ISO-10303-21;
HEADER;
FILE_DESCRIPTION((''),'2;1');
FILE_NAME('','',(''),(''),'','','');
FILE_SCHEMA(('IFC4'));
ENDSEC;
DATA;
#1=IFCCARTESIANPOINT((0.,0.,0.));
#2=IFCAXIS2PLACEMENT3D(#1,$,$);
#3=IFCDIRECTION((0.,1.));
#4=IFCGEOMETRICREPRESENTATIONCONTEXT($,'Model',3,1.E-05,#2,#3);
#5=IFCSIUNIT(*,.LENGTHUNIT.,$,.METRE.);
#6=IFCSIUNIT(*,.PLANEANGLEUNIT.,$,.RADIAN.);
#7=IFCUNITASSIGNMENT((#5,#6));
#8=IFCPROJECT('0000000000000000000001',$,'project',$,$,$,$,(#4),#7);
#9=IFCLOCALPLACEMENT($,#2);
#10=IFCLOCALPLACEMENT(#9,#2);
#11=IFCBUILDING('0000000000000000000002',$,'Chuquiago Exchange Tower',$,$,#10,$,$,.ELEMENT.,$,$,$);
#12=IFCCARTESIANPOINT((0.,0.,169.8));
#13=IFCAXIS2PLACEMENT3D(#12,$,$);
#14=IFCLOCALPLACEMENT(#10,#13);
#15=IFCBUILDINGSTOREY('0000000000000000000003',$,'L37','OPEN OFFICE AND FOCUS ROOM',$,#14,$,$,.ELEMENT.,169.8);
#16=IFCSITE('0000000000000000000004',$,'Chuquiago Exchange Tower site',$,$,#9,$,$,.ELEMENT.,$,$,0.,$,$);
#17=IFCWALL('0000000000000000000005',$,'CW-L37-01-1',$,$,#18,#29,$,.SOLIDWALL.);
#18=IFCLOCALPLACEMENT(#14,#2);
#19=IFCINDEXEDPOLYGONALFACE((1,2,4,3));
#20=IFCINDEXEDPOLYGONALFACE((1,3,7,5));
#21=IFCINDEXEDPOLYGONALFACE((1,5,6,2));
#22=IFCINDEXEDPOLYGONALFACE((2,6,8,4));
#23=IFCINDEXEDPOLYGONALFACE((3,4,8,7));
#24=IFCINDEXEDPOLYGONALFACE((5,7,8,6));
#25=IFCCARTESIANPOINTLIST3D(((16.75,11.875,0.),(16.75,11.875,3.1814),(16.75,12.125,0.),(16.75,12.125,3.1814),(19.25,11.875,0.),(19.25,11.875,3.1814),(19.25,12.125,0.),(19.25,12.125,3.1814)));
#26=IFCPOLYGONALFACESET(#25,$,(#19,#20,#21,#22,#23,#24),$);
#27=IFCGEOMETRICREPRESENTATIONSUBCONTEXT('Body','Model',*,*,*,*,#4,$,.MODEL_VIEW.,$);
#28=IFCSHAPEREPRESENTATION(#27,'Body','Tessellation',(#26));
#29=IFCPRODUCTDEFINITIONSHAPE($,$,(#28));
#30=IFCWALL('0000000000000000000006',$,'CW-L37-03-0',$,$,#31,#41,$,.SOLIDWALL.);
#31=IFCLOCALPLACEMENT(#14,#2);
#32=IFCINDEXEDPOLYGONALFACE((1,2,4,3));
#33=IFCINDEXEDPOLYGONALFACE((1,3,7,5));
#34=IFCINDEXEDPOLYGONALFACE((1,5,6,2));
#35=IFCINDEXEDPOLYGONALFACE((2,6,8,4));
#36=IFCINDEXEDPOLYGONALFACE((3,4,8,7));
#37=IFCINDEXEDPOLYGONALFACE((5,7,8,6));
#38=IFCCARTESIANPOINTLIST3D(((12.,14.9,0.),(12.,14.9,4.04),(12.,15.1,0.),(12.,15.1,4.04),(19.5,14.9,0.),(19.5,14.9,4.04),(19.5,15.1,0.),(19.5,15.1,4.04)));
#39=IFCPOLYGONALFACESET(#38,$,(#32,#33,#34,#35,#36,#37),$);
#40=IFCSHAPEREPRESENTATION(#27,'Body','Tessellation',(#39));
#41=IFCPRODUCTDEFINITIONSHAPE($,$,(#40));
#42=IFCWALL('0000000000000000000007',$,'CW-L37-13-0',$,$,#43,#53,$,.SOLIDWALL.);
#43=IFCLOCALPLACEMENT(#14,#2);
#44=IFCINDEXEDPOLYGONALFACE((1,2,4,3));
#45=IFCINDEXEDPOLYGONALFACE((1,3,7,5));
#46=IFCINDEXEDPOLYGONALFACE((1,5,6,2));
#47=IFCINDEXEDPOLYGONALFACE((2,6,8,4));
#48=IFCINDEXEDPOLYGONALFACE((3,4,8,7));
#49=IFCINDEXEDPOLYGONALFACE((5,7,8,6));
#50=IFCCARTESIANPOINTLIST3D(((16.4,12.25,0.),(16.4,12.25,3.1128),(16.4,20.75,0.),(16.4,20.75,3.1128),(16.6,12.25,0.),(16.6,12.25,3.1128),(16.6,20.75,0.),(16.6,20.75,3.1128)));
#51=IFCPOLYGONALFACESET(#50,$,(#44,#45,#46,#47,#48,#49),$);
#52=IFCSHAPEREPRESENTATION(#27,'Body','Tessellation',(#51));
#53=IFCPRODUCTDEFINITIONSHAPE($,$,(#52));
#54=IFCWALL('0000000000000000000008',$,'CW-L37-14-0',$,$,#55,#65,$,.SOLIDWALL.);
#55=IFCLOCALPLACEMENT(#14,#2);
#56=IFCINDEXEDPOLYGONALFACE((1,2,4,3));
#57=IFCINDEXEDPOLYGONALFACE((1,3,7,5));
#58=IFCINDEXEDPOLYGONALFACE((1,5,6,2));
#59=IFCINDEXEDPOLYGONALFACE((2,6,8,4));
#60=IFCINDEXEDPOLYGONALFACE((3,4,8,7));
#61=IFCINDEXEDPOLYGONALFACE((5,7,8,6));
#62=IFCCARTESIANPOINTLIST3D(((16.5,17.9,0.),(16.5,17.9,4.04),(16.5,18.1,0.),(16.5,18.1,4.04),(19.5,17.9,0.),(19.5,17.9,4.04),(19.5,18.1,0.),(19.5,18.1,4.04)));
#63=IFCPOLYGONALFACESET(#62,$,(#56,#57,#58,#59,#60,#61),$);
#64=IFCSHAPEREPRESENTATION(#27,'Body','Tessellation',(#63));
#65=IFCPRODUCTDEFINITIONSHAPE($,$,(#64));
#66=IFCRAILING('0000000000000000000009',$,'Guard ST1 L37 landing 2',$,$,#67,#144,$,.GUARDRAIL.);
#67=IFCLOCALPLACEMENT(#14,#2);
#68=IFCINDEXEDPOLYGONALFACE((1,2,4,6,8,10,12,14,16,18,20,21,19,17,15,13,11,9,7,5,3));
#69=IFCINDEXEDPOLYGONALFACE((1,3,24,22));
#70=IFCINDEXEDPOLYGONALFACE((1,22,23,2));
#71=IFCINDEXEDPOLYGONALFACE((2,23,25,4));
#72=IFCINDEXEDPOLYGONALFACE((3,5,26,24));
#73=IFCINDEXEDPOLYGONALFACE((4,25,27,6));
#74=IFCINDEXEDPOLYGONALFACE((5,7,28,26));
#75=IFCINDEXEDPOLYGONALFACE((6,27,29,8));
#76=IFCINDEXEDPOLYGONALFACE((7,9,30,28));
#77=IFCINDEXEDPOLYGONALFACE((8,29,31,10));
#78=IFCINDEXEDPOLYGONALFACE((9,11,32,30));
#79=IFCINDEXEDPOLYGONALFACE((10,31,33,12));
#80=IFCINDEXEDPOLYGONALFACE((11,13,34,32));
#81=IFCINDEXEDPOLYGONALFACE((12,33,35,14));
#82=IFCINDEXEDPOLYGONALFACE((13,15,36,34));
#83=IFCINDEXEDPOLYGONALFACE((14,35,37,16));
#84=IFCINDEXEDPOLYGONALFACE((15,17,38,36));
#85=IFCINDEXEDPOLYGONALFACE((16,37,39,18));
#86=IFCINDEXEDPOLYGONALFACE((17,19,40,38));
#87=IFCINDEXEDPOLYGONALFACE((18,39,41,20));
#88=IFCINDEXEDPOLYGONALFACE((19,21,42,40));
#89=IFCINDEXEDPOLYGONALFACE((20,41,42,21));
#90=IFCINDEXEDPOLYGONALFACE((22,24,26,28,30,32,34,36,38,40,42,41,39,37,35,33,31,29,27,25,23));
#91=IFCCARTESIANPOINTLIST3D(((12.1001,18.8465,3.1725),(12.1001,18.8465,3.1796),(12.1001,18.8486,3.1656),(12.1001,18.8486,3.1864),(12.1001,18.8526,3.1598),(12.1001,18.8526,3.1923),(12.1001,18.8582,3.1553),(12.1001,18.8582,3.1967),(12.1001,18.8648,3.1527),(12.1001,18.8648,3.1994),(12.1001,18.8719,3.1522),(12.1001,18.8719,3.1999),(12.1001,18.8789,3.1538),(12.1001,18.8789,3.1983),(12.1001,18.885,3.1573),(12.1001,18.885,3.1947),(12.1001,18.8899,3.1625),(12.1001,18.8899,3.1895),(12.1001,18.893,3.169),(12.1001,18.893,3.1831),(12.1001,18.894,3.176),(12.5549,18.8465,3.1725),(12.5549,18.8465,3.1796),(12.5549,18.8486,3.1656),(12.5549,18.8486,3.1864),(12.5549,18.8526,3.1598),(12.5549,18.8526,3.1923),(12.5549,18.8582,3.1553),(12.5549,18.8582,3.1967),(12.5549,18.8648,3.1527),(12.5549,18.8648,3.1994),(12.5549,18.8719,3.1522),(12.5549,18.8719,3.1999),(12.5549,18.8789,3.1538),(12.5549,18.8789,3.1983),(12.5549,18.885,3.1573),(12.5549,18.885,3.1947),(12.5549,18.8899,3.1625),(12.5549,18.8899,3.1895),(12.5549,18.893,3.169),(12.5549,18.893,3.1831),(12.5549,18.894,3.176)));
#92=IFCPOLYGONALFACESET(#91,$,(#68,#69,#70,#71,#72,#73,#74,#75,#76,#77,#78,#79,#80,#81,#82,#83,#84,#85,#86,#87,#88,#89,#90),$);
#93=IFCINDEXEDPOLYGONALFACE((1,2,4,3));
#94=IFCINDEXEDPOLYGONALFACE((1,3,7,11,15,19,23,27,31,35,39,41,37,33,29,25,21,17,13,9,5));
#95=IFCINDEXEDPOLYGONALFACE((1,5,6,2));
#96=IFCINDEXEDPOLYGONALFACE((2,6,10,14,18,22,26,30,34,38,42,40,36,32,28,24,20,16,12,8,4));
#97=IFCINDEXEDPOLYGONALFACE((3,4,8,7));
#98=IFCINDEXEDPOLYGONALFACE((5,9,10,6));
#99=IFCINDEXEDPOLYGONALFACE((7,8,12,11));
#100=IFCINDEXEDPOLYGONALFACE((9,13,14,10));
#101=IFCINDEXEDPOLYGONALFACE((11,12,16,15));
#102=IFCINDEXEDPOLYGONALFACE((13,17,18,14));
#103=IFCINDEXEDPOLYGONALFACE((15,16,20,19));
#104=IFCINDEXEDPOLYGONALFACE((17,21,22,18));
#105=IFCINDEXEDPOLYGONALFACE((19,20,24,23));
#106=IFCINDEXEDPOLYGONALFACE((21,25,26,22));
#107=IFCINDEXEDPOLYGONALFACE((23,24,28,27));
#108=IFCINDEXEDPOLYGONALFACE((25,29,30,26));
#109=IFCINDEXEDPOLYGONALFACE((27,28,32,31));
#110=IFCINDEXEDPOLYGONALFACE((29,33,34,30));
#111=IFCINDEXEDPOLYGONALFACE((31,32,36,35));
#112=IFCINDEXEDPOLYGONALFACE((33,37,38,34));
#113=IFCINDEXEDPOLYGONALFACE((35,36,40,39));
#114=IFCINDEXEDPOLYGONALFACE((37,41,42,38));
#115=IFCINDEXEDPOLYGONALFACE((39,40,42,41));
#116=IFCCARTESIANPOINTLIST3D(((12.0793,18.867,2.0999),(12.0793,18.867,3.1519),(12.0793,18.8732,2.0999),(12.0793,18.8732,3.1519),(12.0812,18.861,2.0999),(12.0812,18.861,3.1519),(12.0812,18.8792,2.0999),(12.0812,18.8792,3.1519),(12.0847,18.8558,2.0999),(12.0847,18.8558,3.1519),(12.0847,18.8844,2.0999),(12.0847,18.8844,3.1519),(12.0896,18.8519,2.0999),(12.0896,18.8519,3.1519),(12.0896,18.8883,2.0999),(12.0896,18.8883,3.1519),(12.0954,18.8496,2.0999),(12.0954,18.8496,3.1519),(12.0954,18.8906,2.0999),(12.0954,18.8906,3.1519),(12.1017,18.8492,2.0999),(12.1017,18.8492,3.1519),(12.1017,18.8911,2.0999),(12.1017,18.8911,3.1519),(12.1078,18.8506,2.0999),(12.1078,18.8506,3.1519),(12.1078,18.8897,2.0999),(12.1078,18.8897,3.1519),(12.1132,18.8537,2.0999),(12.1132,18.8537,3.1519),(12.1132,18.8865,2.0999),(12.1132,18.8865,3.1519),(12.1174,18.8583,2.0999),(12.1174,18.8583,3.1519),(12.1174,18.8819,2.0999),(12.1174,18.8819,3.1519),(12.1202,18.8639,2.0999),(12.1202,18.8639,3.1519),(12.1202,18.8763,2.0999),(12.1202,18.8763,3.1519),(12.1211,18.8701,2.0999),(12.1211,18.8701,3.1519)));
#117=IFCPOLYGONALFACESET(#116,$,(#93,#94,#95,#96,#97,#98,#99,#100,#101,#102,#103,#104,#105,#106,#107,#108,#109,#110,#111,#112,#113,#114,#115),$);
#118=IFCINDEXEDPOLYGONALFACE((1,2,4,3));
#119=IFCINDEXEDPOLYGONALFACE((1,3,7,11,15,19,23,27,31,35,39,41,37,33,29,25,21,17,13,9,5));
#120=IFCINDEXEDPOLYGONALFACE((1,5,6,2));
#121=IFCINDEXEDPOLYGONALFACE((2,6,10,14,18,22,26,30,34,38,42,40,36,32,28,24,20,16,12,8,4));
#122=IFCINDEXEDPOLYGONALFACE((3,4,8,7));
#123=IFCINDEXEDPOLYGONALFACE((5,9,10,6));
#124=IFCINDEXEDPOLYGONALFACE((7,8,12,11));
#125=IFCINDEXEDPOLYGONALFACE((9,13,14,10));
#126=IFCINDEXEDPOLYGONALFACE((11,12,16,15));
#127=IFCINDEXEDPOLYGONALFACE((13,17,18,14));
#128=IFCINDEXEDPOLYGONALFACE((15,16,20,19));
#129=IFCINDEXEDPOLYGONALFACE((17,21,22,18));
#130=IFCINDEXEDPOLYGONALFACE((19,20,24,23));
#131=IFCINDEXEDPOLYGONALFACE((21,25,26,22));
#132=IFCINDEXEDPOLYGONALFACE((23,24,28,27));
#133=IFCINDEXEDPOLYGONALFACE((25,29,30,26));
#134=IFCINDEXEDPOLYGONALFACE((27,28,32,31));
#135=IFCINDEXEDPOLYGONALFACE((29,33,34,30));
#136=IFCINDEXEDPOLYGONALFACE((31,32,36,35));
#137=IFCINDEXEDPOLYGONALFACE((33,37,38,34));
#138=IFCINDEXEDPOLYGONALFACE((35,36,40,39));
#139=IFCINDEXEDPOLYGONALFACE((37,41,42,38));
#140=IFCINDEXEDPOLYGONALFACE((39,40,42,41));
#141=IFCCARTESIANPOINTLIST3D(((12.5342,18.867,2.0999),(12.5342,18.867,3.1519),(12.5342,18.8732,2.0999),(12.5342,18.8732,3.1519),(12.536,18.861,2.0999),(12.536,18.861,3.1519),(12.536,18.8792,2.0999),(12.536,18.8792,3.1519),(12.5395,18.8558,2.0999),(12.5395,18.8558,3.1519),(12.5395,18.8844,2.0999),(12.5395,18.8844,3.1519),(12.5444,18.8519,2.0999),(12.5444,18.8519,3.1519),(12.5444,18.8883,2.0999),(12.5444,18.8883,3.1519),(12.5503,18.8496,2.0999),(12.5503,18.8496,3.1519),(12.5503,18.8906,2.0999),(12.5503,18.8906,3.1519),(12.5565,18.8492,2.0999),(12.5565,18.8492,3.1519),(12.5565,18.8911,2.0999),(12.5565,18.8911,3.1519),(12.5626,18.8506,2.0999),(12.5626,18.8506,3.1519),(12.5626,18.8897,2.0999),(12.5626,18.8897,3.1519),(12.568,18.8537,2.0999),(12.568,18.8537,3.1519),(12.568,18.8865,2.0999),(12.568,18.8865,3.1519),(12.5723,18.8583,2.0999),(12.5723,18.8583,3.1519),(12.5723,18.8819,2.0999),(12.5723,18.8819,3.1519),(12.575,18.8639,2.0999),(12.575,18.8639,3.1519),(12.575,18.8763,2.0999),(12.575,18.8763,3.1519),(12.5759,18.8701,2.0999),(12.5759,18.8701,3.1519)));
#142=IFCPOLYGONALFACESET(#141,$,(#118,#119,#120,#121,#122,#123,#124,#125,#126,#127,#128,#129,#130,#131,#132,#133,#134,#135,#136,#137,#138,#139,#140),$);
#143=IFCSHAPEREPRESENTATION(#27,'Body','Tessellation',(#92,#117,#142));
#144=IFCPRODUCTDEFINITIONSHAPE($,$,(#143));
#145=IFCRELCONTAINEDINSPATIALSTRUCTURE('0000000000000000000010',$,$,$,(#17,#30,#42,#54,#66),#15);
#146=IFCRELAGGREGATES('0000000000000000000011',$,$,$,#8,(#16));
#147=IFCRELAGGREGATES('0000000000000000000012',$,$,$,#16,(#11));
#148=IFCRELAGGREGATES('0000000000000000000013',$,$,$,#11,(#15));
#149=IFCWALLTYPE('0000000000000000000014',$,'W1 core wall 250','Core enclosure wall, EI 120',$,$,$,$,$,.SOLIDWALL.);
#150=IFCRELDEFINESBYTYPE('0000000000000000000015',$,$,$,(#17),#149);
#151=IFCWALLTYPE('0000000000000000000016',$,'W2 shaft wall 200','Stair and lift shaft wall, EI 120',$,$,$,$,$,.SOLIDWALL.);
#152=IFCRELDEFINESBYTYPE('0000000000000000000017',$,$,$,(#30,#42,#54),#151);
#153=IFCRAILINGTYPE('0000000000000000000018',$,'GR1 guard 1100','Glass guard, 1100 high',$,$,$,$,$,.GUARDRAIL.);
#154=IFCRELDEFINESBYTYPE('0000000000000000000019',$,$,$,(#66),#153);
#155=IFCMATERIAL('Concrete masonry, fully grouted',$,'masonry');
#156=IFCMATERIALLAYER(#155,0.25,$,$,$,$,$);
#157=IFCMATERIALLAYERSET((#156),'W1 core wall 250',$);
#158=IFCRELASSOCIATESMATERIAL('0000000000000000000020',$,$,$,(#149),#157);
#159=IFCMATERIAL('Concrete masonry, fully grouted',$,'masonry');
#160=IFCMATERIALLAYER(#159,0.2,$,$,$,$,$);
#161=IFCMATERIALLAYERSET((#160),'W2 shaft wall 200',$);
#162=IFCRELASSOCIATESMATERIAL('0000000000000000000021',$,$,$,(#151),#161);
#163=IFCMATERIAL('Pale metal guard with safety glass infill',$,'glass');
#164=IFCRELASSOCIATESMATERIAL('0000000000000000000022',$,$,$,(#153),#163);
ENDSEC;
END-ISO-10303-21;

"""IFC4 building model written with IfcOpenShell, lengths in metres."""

from ifc_helpers import new_model, si_unit, direction, frame, frame_2d, origin, origin_2d, place, context, subcontext, project, spatial, rectangle, circle, extrude, material, layer, layer_set, type_object, element, save


model = new_model("IFC4")

# Units and contexts
model_context = context("Model", 3, precision=1e-05, world=origin(), true_north=direction((0.0, 1.0)))
body_context = subcontext(model_context, "Body", "Model", "MODEL_VIEW")
ifc_project = project(units=[si_unit("LENGTHUNIT", "METRE"), si_unit("PLANEANGLEUNIT", "RADIAN")], contexts=[model_context])

# Site, building, storey
site_placement = place(None, origin())
site = spatial("IfcSite", under=ifc_project, at=site_placement, Name="Chuquiago Exchange Tower site", CompositionType="ELEMENT", RefElevation=0.0)
building_placement = place(site_placement, origin())
building = spatial("IfcBuilding", under=site, at=building_placement, Name="Chuquiago Exchange Tower", CompositionType="ELEMENT")
storey_placement = place(building_placement, frame((0.0, 0.0, 169.8)))
storey = spatial("IfcBuildingStorey", under=building, at=storey_placement, Name="L37", Description="OPEN OFFICE AND FOCUS ROOM", CompositionType="ELEMENT", Elevation=169.8)

# Shared definitions
ifc_material_1 = material(Name="Concrete masonry, fully grouted", Category="masonry")
ifc_layer_1 = layer(ifc_material_1, 0.25)
ifc_layer_set_1 = layer_set([ifc_layer_1], Name="W1 core wall 250")
wall_type_1 = type_object("IfcWallType", Name="W1 core wall 250", Description="Core enclosure wall, EI 120", PredefinedType="SOLIDWALL", material=ifc_layer_set_1)

# Walls
wall_1_placement = place(storey_placement, frame((16.75, 12.0, 0.0), z_axis=(0.0, 0.0, 1.0), x_axis=(1.0, 0.0, 0.0)))
element("IfcWall", 1, at=wall_1_placement, inside=storey, type_object=wall_type_1, Name="CW-L37-01-1", PredefinedType="SOLIDWALL", context=body_context, shape_type="SweptSolid", body=[
    extrude(rectangle(XDim=2.5, YDim=0.25, at=frame_2d((1.25, 0.0))), origin(), (0.0, 0.0, 1.0), 3.1814),
])
ifc_material_2 = material(Name="Concrete masonry, fully grouted", Category="masonry")
ifc_layer_2 = layer(ifc_material_2, 0.2)
ifc_layer_set_2 = layer_set([ifc_layer_2], Name="W2 shaft wall 200")
wall_type_2 = type_object("IfcWallType", Name="W2 shaft wall 200", Description="Stair and lift shaft wall, EI 120", PredefinedType="SOLIDWALL", material=ifc_layer_set_2)
wall_2_placement = place(storey_placement, frame((12.0, 15.0, 0.0), z_axis=(0.0, 0.0, 1.0), x_axis=(1.0, 0.0, 0.0)))
element("IfcWall", 2, at=wall_2_placement, inside=storey, type_object=wall_type_2, Name="CW-L37-03-0", PredefinedType="SOLIDWALL", context=body_context, shape_type="SweptSolid", body=[
    extrude(rectangle(XDim=7.5, YDim=0.2, at=frame_2d((3.75, 0.0))), origin(), (0.0, 0.0, 1.0), 4.04),
])
wall_3_placement = place(storey_placement, frame((16.5, 12.25, 0.0), z_axis=(0.0, 0.0, 1.0), x_axis=(0.0, 1.0, 0.0)))
element("IfcWall", 3, at=wall_3_placement, inside=storey, type_object=wall_type_2, Name="CW-L37-13-0", PredefinedType="SOLIDWALL", context=body_context, shape_type="SweptSolid", body=[
    extrude(rectangle(XDim=8.5, YDim=0.2, at=frame_2d((4.25, 0.0))), origin(), (0.0, 0.0, 1.0), 3.1128),
])
wall_4_placement = place(storey_placement, frame((16.5, 18.0, 0.0), z_axis=(0.0, 0.0, 1.0), x_axis=(1.0, 0.0, 0.0)))
element("IfcWall", 4, at=wall_4_placement, inside=storey, type_object=wall_type_2, Name="CW-L37-14-0", PredefinedType="SOLIDWALL", context=body_context, shape_type="SweptSolid", body=[
    extrude(rectangle(XDim=3.0, YDim=0.2, at=frame_2d((1.5, 0.0))), origin(), (0.0, 0.0, 1.0), 4.04),
])

# Railing
ifc_material_3 = material(Name="Pale metal guard with safety glass infill", Category="glass")
railing_type_1 = type_object("IfcRailingType", Name="GR1 guard 1100", Description="Glass guard, 1100 high", PredefinedType="GUARDRAIL", material=ifc_material_3)
for number, where, name in (
    (5, (12.1001, 18.8701, 2.0999), "Guard ST1 L37 landing 2"),
):
    element("IfcRailing", number, at=place(storey_placement, frame(where)), inside=storey, type_object=railing_type_1, Name=name, PredefinedType="GUARDRAIL", context=body_context, shape_type="SweptSolid", body=[
        extrude(circle(Radius=0.0239, at=origin_2d()), frame((0.0, 0.0, 1.0762), z_axis=(1.0, 0.0, 0.0), x_axis=(0.0, 1.0, 0.0)), (0.0, 0.0, 1.0), 0.4548),
        extrude(circle(Radius=0.021, at=origin_2d()), origin(), (0.0, 0.0, 1.0), 1.052),
        extrude(circle(Radius=0.021, at=origin_2d()), frame((0.4548, 0.0, 0.0)), (0.0, 0.0, 1.0), 1.052),
    ])

save(model, "model.ifc")
